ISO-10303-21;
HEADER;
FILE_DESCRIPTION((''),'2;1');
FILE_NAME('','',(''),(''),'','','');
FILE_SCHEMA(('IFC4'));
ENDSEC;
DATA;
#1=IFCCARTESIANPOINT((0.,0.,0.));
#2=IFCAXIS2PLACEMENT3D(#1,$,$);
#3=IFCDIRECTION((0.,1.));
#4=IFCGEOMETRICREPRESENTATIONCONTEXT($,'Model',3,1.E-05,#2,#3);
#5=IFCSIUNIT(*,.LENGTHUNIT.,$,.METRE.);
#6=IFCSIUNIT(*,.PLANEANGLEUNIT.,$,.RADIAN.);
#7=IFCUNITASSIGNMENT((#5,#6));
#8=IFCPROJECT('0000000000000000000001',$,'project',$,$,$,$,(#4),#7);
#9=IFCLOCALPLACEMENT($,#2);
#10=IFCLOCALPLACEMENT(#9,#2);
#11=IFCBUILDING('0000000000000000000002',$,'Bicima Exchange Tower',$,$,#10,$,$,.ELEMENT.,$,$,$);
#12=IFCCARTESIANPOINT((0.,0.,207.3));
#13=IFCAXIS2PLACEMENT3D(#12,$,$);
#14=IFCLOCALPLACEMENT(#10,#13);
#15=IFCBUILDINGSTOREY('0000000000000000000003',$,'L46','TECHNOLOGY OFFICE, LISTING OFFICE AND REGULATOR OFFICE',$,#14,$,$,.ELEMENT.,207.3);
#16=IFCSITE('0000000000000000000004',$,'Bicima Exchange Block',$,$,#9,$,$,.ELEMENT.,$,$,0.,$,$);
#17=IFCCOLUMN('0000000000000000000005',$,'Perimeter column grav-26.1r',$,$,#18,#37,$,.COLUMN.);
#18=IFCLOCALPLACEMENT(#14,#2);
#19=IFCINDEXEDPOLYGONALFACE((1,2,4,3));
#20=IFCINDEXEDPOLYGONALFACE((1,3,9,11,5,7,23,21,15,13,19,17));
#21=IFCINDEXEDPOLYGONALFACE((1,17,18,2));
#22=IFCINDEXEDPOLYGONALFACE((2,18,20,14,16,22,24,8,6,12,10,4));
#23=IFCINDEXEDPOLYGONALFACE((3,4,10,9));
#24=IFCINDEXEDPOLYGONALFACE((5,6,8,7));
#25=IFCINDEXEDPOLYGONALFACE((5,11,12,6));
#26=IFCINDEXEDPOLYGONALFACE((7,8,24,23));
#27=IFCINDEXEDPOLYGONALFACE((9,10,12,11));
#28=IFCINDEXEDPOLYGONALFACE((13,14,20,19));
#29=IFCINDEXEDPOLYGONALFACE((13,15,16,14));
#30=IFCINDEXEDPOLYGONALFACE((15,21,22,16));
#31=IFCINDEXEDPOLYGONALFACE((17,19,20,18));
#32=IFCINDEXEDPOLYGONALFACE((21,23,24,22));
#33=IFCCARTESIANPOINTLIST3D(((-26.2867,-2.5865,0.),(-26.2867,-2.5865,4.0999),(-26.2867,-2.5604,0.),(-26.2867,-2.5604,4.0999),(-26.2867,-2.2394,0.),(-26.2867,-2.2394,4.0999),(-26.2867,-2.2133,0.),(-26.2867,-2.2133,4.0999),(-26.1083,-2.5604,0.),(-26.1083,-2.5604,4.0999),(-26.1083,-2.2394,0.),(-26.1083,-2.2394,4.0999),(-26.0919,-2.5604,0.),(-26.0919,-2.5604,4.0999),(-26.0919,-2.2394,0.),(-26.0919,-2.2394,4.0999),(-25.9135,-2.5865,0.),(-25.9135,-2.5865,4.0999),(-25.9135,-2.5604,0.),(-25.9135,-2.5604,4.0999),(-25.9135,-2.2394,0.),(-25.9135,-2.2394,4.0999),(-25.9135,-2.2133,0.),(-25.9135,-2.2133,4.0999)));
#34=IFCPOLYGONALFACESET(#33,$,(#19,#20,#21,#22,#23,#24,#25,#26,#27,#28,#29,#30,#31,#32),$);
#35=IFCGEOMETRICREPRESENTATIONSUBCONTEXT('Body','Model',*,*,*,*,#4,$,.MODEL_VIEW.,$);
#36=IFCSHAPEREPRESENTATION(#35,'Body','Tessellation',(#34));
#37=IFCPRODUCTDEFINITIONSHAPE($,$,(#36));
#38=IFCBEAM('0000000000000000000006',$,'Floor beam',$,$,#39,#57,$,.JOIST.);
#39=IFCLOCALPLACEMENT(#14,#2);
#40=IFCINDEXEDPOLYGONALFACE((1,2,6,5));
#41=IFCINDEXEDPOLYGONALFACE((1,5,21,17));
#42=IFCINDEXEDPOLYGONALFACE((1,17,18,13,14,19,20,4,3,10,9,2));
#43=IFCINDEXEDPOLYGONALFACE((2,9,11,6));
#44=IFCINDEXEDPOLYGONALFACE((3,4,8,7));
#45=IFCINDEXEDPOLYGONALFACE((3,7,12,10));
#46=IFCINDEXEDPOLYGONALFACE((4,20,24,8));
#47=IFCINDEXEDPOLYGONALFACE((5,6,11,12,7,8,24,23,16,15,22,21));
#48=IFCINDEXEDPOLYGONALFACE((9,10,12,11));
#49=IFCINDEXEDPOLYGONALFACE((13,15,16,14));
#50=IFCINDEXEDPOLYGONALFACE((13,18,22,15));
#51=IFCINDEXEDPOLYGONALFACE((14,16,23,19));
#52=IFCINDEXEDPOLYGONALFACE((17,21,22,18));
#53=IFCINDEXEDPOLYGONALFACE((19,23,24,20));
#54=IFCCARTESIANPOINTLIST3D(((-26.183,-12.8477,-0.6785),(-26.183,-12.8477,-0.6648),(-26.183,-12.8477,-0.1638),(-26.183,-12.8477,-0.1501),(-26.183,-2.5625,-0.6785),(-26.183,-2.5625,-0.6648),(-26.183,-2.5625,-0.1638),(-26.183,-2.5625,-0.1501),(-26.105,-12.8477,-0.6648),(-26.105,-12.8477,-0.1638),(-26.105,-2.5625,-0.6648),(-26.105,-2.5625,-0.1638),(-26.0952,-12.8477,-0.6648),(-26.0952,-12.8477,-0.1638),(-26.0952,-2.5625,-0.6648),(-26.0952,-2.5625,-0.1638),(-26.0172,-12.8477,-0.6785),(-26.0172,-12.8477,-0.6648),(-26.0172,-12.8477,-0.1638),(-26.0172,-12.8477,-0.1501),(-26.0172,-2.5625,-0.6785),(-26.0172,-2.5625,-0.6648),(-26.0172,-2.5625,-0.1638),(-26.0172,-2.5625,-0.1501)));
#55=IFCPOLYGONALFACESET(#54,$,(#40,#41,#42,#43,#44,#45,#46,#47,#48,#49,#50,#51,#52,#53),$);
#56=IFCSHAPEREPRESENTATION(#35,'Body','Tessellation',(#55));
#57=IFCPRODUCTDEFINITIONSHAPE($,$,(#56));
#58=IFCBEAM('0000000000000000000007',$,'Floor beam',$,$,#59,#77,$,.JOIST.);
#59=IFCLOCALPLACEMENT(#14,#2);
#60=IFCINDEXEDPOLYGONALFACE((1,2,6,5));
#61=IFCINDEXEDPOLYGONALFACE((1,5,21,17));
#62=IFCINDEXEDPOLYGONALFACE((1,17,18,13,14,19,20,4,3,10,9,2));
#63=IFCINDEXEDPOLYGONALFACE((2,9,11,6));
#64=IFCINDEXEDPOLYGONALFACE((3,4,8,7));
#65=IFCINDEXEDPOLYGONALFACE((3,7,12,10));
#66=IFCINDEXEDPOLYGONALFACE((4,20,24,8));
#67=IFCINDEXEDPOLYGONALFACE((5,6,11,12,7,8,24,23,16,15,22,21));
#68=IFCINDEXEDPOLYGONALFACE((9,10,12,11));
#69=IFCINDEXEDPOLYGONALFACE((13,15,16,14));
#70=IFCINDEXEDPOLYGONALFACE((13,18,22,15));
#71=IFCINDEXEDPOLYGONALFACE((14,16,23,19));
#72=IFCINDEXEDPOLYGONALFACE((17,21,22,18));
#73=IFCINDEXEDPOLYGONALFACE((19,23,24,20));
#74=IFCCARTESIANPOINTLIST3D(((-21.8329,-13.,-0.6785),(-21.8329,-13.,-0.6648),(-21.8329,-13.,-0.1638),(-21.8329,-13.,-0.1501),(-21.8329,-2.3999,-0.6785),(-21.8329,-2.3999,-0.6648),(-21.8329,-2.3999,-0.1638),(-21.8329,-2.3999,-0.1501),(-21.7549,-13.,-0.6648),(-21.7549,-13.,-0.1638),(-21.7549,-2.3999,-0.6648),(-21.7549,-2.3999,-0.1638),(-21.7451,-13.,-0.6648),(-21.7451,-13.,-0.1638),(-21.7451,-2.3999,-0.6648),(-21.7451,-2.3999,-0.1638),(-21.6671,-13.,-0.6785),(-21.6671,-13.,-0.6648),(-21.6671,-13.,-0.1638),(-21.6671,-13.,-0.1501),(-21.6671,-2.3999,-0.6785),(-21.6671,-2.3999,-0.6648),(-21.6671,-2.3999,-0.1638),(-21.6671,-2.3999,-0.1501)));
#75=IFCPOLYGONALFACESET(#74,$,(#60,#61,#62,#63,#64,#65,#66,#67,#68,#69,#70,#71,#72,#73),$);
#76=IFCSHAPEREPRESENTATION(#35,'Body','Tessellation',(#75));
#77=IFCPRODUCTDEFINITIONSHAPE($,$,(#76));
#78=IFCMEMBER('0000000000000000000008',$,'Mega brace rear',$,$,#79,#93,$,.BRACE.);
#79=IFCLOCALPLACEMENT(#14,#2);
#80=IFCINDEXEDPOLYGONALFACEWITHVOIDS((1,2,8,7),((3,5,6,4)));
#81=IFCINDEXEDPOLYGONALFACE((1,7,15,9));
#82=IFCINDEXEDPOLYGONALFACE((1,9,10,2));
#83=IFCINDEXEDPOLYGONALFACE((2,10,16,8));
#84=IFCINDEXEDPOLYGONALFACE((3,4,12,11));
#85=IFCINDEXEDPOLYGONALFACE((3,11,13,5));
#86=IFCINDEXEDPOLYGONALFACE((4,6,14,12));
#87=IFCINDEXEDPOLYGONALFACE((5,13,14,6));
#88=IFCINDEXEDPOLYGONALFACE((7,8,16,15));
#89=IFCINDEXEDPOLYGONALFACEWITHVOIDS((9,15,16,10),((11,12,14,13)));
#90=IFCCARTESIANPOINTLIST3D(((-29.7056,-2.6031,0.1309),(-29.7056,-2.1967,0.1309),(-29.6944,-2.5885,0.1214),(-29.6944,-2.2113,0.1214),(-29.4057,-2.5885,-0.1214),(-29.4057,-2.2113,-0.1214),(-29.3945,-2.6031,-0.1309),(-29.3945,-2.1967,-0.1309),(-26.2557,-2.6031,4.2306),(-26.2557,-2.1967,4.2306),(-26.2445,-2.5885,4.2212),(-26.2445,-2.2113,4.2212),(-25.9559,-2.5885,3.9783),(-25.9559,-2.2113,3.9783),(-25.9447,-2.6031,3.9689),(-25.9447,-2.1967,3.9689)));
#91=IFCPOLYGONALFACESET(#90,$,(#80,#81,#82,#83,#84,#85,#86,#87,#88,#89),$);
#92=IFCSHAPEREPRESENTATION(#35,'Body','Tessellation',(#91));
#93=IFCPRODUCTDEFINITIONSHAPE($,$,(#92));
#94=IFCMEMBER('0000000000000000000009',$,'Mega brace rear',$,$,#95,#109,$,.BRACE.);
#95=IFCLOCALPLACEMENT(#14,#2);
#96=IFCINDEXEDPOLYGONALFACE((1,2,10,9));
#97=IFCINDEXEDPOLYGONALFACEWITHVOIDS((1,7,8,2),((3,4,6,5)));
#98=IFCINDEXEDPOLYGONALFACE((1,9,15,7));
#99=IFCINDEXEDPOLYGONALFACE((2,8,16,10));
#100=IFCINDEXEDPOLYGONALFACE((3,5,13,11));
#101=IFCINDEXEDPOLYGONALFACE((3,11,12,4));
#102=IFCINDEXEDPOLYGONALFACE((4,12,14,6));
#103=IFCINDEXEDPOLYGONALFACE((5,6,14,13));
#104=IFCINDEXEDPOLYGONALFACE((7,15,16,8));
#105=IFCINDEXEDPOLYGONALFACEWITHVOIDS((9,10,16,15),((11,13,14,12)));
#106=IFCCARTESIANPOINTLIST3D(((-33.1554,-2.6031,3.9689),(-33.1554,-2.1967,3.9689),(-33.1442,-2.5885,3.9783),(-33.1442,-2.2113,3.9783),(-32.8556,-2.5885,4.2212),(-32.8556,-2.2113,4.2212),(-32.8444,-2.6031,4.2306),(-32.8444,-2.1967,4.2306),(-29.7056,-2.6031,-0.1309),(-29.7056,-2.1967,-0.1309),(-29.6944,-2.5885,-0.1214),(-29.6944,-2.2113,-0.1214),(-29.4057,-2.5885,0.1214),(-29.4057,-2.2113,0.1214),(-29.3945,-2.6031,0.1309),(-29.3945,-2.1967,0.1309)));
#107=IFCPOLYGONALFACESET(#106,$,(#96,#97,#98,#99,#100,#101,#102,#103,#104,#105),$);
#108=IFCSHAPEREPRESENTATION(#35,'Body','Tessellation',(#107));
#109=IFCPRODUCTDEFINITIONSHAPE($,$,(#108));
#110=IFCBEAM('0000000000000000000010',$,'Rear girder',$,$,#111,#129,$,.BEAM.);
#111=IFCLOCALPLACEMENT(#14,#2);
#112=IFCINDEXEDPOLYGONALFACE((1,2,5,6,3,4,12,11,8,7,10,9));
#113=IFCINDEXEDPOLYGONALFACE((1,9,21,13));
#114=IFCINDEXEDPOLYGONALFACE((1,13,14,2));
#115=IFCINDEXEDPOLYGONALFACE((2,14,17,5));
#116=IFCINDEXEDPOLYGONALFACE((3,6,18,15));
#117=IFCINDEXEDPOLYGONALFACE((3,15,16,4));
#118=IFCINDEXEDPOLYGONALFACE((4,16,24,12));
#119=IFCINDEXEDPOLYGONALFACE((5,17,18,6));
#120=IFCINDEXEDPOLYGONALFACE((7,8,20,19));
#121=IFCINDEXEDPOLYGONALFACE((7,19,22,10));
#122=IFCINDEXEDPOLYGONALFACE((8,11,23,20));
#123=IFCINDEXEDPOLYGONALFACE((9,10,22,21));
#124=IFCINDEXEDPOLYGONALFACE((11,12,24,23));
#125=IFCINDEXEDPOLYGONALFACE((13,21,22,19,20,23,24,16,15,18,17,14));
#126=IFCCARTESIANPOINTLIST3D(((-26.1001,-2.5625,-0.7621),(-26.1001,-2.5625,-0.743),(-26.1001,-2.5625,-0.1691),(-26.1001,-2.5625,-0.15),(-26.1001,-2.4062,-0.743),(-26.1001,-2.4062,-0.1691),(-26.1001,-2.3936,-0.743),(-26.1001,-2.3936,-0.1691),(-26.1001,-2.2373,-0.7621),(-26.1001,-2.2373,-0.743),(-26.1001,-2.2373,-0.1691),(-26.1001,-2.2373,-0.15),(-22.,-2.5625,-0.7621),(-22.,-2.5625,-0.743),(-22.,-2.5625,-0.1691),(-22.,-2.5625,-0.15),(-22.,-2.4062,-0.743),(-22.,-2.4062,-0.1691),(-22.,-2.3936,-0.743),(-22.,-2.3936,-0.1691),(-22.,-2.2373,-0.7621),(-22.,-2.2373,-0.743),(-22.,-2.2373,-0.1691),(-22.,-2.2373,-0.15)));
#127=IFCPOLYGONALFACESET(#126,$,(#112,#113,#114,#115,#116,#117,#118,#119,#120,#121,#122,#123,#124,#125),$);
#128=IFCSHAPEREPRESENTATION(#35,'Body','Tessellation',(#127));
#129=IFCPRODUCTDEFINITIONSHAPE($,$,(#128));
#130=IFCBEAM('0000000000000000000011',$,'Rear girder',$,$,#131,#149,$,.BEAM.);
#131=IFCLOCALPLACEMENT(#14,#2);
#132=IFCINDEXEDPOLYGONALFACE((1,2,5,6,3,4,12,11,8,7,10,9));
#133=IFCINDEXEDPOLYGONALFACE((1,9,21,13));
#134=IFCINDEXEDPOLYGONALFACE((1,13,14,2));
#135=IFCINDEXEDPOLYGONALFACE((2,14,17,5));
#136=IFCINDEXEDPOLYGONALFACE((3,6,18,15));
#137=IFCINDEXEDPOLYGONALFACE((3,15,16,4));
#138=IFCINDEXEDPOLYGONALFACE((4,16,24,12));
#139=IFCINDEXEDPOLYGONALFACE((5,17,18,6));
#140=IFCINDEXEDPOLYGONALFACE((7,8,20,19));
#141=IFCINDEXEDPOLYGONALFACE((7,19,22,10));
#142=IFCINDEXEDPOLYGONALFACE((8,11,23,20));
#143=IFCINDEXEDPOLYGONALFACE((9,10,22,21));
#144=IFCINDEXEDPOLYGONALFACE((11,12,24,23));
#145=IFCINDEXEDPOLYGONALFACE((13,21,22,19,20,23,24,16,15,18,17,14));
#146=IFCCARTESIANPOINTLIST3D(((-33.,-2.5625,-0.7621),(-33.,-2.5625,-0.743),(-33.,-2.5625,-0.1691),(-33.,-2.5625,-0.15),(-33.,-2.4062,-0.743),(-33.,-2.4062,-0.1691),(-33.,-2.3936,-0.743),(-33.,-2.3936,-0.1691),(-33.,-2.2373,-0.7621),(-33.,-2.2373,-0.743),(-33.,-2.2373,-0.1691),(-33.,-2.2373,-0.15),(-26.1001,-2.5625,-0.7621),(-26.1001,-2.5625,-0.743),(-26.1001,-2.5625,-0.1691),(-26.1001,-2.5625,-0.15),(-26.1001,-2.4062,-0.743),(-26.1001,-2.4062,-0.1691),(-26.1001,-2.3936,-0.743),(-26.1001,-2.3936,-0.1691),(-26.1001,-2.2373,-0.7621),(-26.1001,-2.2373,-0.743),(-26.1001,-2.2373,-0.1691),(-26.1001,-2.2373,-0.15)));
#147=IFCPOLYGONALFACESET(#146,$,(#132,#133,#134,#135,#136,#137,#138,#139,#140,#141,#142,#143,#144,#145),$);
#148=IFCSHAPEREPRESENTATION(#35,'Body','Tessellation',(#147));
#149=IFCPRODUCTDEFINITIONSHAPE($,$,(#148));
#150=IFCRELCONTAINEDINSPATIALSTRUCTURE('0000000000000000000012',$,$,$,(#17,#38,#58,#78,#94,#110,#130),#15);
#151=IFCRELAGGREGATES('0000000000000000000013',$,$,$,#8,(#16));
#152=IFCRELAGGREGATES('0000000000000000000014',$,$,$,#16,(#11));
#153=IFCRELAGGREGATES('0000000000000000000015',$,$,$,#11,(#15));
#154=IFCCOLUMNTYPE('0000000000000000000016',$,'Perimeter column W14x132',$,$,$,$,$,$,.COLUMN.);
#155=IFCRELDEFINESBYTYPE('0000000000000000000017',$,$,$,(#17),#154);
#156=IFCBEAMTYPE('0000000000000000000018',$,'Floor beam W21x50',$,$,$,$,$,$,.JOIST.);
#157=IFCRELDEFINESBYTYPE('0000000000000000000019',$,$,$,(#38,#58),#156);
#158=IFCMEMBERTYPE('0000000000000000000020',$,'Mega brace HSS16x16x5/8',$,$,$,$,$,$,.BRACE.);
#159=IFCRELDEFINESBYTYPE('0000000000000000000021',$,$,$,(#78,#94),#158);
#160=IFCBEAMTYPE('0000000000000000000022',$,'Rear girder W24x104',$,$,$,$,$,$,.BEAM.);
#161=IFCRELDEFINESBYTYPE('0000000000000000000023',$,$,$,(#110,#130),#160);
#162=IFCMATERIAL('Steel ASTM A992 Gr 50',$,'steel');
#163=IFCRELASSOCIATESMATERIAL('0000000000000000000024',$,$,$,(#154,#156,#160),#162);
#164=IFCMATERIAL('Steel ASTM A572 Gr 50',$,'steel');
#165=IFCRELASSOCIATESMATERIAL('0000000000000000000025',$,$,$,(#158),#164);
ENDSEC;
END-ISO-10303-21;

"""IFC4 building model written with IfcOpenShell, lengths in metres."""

from ifc_helpers import new_model, si_unit, direction, frame, origin, origin_2d, place, context, subcontext, project, spatial, hollow_rectangle, i_section, extrude, material, material_profile, profile_set, type_object, element, save


model = new_model("IFC4")

# Units and contexts
model_context = context("Model", 3, precision=1e-05, world=origin(), true_north=direction((0.0, 1.0)))
body_context = subcontext(model_context, "Body", "Model", "MODEL_VIEW")
ifc_project = project(units=[si_unit("LENGTHUNIT", "METRE"), si_unit("PLANEANGLEUNIT", "RADIAN")], contexts=[model_context])

# Site, building, storey
site_placement = place(None, origin())
site = spatial("IfcSite", under=ifc_project, at=site_placement, Name="Bicima Exchange Block", CompositionType="ELEMENT", RefElevation=0.0)
building_placement = place(site_placement, origin())
building = spatial("IfcBuilding", under=site, at=building_placement, Name="Bicima Exchange Tower", CompositionType="ELEMENT")
storey_placement = place(building_placement, frame((0.0, 0.0, 207.3)))
storey = spatial("IfcBuildingStorey", under=building, at=storey_placement, Name="L46", Description="TECHNOLOGY OFFICE, LISTING OFFICE AND REGULATOR OFFICE", CompositionType="ELEMENT", Elevation=207.3)

# Column
ifc_material_1 = material(Name="Steel ASTM A992 Gr 50", Category="steel")
ifc_material_profile_1 = material_profile(ifc_material_1, i_section(OverallWidth=0.3733, OverallDepth=0.3733, WebThickness=0.0164, FlangeThickness=0.0261, at=origin_2d()))
ifc_profile_set_1 = profile_set([ifc_material_profile_1], Name="Steel ASTM A992 Gr 50")
column_type = type_object("IfcColumnType", Name="Perimeter column W14x132", PredefinedType="COLUMN", material=ifc_profile_set_1)
column_placement = place(storey_placement, frame((-26.1001, -2.3999, 0.0), z_axis=(0.0, 0.0, 1.0), x_axis=(1.0, 0.0, 0.0)))
element("IfcColumn", 1, at=column_placement, inside=storey, type_object=column_type, Name="Perimeter column grav-26.1r", PredefinedType="COLUMN", context=body_context, shape_type="SweptSolid", body=[
    extrude(i_section(OverallWidth=0.3733, OverallDepth=0.3733, WebThickness=0.0164, FlangeThickness=0.0261, at=origin_2d()), origin(), (0.0, 0.0, 1.0), 4.0999),
])

# Beams
ifc_material_profile_2 = material_profile(ifc_material_1, i_section(OverallWidth=0.1658, OverallDepth=0.5283, WebThickness=0.0098, FlangeThickness=0.0137, at=origin_2d()))
ifc_profile_set_2 = profile_set([ifc_material_profile_2], Name="Steel ASTM A992 Gr 50")
beam_type_1 = type_object("IfcBeamType", Name="Floor beam W21x50", PredefinedType="JOIST", material=ifc_profile_set_2)
beam_1_placement = place(storey_placement, frame((-26.1001, -2.5625, -0.4143), z_axis=(0.0, -1.0, 0.0), x_axis=(1.0, 0.0, 0.0)))
element("IfcBeam", 2, at=beam_1_placement, inside=storey, type_object=beam_type_1, Name="Floor beam", PredefinedType="JOIST", context=body_context, shape_type="SweptSolid", body=[
    extrude(i_section(OverallWidth=0.1658, OverallDepth=0.5283, WebThickness=0.0098, FlangeThickness=0.0137, at=origin_2d()), origin(), (0.0, 0.0, 1.0), 10.2852),
])
beam_2_placement = place(storey_placement, frame((-21.75, -2.3999, -0.4143), z_axis=(0.0, -1.0, 0.0), x_axis=(1.0, 0.0, 0.0)))
element("IfcBeam", 3, at=beam_2_placement, inside=storey, type_object=beam_type_1, Name="Floor beam", PredefinedType="JOIST", context=body_context, shape_type="SweptSolid", body=[
    extrude(i_section(OverallWidth=0.1658, OverallDepth=0.5283, WebThickness=0.0098, FlangeThickness=0.0137, at=origin_2d()), origin(), (0.0, 0.0, 1.0), 10.6001),
])

# Members
ifc_material_2 = material(Name="Steel ASTM A572 Gr 50", Category="steel")
ifc_material_profile_3 = material_profile(ifc_material_2, hollow_rectangle(XDim=0.4065, YDim=0.4065, WallThickness=0.0146, at=origin_2d()))
ifc_profile_set_3 = profile_set([ifc_material_profile_3], Name="Steel ASTM A572 Gr 50")
member_type = type_object("IfcMemberType", Name="Mega brace HSS16x16x5/8", PredefinedType="BRACE", material=ifc_profile_set_3)
for number, where, z_axis, x_axis, name in (
    (4, (-29.55, -2.3999, 0.0), (0.643856, 0.0, 0.765146), (0.0, 1.0, 0.0), "Mega brace rear"),
    (5, (-29.55, -2.3999, 0.0), (-0.643856, 0.0, 0.765146), (0.0, -1.0, 0.0), "Mega brace rear"),
):
    element("IfcMember", number, at=place(storey_placement, frame(where, z_axis=z_axis, x_axis=x_axis)), inside=storey, type_object=member_type, Name=name, PredefinedType="BRACE", context=body_context, shape_type="SweptSolid", body=[
        extrude(hollow_rectangle(XDim=0.4065, YDim=0.4065, WallThickness=0.0146, at=origin_2d()), origin(), (0.0, 0.0, 1.0), 5.3582),
    ])

# Beams
ifc_material_profile_4 = material_profile(ifc_material_1, i_section(OverallWidth=0.3252, OverallDepth=0.6121, WebThickness=0.0127, FlangeThickness=0.019, at=origin_2d()))
ifc_profile_set_4 = profile_set([ifc_material_profile_4], Name="Steel ASTM A992 Gr 50")
beam_type_2 = type_object("IfcBeamType", Name="Rear girder W24x104", PredefinedType="BEAM", material=ifc_profile_set_4)
beam_3_placement = place(storey_placement, frame((-22.0, -2.3999, -0.4561), z_axis=(-1.0, 0.0, 0.0), x_axis=(0.0, -1.0, 0.0)))
element("IfcBeam", 6, at=beam_3_placement, inside=storey, type_object=beam_type_2, Name="Rear girder", PredefinedType="BEAM", context=body_context, shape_type="SweptSolid", body=[
    extrude(i_section(OverallWidth=0.3252, OverallDepth=0.6121, WebThickness=0.0127, FlangeThickness=0.019, at=origin_2d()), origin(), (0.0, 0.0, 1.0), 4.1001),
])
beam_4_placement = place(storey_placement, frame((-26.1001, -2.3999, -0.4561), z_axis=(-1.0, 0.0, 0.0), x_axis=(0.0, -1.0, 0.0)))
element("IfcBeam", 7, at=beam_4_placement, inside=storey, type_object=beam_type_2, Name="Rear girder", PredefinedType="BEAM", context=body_context, shape_type="SweptSolid", body=[
    extrude(i_section(OverallWidth=0.3252, OverallDepth=0.6121, WebThickness=0.0127, FlangeThickness=0.019, at=origin_2d()), origin(), (0.0, 0.0, 1.0), 6.8999),
])

save(model, "model.ifc")
